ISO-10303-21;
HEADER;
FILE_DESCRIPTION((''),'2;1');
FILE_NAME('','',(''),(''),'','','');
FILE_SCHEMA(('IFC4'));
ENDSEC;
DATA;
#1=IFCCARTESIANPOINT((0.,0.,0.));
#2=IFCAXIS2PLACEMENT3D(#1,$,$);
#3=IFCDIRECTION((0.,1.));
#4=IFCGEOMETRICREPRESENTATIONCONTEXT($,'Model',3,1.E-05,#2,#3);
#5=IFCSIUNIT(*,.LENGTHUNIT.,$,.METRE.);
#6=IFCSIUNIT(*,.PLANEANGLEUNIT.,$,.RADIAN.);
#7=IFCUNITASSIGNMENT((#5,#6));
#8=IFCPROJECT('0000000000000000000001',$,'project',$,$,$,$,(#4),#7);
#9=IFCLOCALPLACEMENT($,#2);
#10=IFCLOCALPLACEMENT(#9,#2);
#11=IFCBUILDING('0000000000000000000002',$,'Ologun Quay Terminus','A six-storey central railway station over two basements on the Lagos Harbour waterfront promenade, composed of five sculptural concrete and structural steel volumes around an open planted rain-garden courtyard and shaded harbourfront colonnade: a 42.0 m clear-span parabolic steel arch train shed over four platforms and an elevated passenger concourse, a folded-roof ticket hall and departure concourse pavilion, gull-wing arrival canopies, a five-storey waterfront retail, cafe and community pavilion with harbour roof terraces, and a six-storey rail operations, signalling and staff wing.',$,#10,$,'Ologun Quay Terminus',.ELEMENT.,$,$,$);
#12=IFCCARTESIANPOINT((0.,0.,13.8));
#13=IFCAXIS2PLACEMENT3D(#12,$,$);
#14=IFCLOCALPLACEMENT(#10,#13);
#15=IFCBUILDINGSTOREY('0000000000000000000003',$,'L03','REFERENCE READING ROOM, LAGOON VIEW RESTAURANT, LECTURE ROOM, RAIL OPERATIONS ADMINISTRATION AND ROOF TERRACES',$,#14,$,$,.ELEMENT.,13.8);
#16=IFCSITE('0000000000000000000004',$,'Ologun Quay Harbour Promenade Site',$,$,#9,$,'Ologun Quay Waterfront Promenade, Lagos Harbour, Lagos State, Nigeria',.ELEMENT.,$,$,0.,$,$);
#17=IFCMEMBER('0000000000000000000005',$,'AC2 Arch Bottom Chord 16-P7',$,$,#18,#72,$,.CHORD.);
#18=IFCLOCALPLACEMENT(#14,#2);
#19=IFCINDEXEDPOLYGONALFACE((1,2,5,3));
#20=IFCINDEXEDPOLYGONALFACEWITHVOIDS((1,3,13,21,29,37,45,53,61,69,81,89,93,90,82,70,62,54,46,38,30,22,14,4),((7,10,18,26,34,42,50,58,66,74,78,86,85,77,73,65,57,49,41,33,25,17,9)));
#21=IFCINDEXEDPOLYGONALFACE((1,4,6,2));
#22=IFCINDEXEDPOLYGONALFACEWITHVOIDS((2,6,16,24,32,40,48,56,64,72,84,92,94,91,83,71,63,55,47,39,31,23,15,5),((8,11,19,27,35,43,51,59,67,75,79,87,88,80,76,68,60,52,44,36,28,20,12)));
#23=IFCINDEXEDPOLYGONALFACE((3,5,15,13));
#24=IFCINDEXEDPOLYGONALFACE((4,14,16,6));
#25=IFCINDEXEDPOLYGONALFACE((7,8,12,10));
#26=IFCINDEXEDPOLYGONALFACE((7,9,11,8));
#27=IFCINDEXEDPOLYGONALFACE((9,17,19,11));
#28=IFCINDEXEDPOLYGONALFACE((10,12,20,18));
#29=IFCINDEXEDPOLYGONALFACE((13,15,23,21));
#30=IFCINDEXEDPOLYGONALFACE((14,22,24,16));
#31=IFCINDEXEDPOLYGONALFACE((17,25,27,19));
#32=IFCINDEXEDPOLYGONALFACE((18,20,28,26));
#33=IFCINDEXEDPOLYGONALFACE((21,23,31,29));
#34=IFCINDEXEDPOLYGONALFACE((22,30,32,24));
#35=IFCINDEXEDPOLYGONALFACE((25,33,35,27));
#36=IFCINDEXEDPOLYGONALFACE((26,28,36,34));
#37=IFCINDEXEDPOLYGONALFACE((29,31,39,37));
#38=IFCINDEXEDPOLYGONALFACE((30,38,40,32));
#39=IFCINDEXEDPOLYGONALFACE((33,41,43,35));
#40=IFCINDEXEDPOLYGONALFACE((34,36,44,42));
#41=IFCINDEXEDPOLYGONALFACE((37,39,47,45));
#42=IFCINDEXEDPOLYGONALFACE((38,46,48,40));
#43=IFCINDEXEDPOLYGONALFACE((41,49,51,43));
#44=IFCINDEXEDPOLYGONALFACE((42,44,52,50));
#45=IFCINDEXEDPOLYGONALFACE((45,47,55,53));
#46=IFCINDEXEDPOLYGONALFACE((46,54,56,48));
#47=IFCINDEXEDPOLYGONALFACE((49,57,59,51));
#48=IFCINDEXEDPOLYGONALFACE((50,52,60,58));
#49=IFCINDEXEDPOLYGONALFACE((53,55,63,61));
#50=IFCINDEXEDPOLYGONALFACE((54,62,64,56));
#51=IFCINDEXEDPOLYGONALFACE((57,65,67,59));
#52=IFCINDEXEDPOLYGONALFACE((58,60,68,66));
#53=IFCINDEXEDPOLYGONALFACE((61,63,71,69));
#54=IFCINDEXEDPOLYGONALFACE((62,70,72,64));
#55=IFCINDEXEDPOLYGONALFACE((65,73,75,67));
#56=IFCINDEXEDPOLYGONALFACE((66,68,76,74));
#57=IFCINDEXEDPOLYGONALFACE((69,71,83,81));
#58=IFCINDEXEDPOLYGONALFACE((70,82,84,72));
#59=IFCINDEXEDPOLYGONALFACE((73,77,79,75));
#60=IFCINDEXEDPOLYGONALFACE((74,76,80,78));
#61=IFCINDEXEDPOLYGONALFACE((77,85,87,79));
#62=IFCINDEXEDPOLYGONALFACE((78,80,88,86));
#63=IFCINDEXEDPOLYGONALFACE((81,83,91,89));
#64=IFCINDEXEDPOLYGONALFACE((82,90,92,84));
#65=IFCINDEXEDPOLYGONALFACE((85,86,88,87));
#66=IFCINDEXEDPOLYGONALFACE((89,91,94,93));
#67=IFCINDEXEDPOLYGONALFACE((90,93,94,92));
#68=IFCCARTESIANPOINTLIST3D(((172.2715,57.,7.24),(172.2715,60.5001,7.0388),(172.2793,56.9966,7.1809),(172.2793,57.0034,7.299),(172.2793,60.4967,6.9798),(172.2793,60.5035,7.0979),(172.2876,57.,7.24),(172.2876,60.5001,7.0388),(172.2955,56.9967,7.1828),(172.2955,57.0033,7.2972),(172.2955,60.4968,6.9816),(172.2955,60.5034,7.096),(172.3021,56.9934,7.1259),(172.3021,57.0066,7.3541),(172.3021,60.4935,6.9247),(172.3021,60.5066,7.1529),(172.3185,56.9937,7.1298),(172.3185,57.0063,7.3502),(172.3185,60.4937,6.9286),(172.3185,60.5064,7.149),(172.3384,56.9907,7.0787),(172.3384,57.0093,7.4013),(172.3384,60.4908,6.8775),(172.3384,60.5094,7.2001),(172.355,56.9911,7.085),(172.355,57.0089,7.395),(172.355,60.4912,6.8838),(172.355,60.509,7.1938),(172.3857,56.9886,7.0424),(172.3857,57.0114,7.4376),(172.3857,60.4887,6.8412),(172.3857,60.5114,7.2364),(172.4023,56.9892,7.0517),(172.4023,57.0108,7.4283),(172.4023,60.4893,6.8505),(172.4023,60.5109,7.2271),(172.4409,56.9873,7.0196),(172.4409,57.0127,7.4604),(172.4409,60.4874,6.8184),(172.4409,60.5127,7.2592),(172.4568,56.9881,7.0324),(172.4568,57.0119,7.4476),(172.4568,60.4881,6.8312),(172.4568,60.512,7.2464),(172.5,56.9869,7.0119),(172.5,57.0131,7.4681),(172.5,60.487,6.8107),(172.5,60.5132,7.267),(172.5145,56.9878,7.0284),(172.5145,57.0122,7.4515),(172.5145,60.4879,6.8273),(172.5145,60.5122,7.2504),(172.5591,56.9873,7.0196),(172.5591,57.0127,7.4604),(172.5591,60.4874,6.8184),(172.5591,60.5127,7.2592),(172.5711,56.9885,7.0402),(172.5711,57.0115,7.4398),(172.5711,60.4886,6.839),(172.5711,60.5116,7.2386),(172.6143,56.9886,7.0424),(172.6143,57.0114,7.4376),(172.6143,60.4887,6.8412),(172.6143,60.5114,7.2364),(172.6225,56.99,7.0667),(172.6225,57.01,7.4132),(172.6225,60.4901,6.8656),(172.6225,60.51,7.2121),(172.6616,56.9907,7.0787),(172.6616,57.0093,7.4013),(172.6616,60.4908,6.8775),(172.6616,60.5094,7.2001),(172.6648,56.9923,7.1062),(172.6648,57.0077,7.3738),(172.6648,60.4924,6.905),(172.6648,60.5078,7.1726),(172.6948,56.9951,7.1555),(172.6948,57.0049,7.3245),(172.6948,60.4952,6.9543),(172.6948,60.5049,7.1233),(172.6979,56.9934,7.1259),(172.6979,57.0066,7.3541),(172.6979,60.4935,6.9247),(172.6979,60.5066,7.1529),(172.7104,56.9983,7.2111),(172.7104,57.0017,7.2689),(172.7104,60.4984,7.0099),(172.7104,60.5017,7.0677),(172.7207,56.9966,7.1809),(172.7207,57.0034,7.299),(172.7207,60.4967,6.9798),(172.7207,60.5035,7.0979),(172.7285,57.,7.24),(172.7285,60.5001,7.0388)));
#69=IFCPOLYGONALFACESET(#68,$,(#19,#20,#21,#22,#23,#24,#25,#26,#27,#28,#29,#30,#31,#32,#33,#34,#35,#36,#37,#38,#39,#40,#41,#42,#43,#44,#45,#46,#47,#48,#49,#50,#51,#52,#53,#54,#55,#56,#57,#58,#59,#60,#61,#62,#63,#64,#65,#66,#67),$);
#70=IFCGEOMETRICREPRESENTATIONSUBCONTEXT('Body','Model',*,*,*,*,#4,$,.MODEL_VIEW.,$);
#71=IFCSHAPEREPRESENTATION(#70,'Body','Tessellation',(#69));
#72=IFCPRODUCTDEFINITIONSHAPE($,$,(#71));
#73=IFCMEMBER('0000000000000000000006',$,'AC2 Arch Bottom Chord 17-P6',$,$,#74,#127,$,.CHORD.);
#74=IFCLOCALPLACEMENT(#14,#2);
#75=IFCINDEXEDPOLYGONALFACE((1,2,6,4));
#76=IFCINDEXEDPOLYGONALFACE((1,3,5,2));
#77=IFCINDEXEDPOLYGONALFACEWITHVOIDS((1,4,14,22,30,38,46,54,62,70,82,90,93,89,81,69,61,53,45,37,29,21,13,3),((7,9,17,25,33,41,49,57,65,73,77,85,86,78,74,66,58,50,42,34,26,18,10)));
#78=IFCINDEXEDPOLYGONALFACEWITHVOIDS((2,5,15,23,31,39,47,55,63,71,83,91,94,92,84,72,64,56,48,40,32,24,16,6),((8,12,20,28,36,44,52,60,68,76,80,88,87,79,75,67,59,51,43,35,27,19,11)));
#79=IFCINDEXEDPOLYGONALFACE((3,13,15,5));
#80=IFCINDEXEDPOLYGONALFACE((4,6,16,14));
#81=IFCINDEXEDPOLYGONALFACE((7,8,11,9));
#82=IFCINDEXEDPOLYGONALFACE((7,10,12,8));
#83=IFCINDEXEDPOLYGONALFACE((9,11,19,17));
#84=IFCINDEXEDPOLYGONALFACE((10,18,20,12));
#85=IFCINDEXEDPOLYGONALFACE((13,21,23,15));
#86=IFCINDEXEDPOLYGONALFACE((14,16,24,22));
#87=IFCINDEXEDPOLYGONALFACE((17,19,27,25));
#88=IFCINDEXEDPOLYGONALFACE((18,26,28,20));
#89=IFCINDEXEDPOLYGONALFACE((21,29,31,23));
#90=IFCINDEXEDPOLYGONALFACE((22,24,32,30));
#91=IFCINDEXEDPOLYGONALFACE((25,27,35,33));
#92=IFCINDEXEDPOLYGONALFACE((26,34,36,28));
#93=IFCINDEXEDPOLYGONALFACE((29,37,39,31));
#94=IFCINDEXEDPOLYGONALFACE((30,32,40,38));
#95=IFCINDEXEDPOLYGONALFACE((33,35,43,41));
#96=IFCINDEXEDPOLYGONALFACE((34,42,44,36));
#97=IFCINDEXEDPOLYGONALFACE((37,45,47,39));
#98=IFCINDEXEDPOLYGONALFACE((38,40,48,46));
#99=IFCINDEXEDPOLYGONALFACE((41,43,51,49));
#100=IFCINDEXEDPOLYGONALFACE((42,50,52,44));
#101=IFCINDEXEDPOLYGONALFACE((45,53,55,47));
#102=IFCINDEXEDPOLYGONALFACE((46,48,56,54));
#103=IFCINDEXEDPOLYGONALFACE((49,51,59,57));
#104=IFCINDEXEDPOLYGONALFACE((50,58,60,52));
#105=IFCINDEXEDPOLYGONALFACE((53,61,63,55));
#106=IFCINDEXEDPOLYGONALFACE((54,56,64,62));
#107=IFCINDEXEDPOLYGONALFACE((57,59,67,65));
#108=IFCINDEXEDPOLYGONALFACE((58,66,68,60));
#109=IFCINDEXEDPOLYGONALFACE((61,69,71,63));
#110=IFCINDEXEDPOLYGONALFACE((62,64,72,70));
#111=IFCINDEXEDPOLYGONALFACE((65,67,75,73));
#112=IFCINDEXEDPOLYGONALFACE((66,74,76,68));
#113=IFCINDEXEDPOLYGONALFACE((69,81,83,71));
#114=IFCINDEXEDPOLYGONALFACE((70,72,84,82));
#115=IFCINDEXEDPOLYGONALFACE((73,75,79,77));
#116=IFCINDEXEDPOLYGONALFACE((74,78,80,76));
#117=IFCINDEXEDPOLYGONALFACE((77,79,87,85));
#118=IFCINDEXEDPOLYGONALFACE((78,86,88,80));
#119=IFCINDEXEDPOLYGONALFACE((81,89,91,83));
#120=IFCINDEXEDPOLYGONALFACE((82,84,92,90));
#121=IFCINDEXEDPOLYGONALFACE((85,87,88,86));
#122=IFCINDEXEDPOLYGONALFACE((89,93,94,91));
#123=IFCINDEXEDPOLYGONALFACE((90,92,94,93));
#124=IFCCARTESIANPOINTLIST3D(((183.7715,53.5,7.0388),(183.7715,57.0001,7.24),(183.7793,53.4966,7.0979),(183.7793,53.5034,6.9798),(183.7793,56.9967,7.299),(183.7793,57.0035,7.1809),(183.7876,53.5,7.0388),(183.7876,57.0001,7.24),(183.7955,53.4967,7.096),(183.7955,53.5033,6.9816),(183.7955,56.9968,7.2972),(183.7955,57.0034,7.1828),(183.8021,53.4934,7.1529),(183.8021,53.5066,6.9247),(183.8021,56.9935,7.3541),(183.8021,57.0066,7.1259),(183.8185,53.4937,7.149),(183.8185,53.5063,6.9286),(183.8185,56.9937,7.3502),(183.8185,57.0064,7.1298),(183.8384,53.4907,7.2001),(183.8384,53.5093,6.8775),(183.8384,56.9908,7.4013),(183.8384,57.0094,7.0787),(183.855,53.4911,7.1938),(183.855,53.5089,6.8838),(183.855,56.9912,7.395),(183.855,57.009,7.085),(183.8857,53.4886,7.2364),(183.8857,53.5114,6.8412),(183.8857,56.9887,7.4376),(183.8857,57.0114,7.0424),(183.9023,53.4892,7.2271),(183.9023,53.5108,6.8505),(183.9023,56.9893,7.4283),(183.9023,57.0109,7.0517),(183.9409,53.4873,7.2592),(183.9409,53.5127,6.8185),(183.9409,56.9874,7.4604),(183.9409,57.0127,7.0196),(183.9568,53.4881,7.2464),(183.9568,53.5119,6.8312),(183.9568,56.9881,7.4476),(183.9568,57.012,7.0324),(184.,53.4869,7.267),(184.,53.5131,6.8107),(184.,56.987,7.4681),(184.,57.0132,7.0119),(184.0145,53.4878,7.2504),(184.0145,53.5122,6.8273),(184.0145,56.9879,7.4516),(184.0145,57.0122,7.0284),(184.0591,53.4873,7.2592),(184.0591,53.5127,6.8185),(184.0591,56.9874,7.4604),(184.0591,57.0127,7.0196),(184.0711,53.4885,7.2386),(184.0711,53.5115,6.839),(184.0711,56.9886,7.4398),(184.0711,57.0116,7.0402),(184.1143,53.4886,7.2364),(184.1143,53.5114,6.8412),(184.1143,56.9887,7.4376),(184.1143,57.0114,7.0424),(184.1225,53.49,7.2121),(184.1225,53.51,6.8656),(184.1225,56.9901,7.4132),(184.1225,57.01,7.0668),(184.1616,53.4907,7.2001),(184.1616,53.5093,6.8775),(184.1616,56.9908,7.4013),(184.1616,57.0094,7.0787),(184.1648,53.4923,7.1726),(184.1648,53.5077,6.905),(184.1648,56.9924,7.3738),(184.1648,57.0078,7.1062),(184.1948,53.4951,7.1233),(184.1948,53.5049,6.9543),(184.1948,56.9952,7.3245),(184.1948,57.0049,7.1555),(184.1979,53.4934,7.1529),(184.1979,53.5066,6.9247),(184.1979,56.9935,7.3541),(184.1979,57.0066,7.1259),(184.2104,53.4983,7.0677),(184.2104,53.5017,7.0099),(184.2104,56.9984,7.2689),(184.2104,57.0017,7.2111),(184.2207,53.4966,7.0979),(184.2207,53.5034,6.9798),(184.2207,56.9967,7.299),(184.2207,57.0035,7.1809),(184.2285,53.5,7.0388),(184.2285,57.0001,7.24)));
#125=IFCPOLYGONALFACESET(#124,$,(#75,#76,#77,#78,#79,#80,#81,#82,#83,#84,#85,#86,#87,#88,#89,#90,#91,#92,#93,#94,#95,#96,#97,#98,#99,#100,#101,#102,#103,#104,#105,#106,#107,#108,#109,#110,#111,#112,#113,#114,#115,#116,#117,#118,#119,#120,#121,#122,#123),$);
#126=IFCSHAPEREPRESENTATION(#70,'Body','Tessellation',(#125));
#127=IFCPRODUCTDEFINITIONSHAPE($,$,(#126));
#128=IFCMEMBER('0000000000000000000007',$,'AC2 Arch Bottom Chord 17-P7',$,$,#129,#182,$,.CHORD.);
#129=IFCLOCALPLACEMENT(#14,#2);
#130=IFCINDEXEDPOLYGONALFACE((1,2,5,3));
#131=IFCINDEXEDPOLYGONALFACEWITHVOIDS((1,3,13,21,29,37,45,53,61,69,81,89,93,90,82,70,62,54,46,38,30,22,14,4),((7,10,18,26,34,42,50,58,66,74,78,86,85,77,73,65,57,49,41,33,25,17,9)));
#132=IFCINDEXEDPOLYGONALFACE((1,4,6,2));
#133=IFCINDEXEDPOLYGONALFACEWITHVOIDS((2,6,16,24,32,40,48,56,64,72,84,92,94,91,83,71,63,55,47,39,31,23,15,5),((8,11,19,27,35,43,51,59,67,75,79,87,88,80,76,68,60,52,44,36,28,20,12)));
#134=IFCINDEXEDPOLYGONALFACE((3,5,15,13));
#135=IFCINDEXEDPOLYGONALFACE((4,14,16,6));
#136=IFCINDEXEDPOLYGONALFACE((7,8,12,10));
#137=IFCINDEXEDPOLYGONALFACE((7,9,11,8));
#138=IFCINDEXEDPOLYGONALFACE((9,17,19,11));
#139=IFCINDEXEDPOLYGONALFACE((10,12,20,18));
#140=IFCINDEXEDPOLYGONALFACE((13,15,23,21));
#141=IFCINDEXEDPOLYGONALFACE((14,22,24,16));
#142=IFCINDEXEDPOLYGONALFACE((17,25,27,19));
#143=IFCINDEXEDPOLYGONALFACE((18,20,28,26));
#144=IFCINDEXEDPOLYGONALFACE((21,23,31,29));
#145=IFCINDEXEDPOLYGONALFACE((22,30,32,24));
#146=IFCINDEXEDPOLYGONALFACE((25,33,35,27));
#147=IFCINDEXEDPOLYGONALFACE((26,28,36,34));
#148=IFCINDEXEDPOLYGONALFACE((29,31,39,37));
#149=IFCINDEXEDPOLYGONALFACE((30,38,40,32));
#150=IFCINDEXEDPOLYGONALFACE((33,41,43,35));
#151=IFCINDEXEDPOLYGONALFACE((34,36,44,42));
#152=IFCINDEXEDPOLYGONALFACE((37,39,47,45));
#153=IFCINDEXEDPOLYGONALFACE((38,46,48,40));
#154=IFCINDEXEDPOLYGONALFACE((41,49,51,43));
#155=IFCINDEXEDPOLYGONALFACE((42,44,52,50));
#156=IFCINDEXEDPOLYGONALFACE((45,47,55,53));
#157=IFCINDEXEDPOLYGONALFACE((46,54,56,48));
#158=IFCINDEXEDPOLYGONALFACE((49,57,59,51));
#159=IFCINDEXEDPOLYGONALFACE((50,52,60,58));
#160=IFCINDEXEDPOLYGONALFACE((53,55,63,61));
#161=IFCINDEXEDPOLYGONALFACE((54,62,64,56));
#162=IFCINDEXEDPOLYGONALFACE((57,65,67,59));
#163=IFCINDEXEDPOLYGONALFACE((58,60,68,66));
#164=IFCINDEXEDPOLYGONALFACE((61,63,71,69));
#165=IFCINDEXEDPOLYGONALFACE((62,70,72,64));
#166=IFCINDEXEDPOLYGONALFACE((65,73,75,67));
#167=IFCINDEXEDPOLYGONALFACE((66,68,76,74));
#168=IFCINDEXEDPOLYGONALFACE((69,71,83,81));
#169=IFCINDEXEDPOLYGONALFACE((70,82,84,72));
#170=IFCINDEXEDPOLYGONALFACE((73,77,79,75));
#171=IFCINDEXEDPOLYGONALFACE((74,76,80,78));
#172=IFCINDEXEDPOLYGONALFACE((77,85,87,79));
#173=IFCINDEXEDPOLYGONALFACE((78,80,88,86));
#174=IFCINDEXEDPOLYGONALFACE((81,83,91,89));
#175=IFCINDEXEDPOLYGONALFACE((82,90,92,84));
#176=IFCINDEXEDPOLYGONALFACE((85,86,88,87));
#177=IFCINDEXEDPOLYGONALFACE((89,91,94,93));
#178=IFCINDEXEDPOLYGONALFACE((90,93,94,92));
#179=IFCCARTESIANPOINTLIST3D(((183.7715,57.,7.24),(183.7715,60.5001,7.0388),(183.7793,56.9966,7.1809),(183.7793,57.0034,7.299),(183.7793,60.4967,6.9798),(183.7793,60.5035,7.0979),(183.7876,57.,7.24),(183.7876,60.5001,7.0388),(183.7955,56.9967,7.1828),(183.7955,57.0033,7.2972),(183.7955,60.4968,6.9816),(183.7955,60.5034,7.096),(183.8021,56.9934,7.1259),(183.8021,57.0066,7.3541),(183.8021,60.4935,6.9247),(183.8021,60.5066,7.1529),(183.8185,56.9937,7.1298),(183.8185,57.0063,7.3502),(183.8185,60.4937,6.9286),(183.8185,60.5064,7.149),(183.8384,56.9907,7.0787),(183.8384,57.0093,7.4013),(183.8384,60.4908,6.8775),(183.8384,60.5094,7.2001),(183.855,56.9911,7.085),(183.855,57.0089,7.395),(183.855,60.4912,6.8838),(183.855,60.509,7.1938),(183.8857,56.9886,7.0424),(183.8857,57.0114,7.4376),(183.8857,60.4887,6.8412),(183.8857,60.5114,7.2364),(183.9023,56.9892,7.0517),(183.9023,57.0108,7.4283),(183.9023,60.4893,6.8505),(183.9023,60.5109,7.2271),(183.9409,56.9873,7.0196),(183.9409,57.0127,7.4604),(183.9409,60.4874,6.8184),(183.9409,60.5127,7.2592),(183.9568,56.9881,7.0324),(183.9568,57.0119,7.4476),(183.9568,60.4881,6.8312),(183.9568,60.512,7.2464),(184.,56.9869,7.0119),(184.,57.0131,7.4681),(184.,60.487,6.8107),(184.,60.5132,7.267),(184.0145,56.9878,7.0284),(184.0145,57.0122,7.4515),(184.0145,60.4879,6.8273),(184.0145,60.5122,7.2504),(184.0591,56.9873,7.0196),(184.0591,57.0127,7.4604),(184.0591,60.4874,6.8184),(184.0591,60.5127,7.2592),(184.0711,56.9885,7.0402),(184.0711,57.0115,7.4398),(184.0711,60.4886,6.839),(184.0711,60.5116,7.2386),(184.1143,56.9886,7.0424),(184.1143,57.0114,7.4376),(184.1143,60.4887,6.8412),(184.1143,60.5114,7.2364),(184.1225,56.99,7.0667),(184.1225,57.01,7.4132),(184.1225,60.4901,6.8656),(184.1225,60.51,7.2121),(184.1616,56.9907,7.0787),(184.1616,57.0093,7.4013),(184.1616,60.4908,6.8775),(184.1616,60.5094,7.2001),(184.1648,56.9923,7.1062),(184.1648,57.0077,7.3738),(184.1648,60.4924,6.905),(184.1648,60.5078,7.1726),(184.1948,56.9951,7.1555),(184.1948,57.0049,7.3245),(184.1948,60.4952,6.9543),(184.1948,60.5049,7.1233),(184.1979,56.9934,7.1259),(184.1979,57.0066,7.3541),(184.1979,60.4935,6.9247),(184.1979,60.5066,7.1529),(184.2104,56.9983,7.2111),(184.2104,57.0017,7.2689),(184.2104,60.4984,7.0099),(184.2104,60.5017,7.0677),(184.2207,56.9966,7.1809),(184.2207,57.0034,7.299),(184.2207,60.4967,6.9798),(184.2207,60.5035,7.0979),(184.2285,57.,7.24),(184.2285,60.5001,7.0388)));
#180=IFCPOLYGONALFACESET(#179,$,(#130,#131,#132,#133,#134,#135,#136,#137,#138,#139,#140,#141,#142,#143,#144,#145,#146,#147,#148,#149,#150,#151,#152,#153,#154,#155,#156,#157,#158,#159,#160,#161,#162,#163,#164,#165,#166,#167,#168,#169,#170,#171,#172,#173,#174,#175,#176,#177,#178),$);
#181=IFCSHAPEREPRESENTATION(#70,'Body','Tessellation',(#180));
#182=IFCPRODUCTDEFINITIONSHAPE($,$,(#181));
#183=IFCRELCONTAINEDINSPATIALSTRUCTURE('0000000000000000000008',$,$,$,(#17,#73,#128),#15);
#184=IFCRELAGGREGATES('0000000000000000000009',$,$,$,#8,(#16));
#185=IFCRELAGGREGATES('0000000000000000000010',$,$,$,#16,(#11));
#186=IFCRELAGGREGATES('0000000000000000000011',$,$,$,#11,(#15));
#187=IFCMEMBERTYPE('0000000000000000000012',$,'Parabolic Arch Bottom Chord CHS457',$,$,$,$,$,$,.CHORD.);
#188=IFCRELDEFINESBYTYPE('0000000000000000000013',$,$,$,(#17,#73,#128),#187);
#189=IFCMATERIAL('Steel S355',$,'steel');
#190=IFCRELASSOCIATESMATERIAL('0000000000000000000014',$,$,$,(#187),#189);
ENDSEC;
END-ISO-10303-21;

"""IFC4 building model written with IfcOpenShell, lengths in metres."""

from ifc_helpers import new_model, si_unit, direction, frame, origin, origin_2d, place, context, subcontext, project, spatial, hollow_circle, extrude, material, material_profile, profile_set, type_object, element, save


model = new_model("IFC4")

# Units and contexts
model_context = context("Model", 3, precision=1e-05, world=origin(), true_north=direction((0.0, 1.0)))
body_context = subcontext(model_context, "Body", "Model", "MODEL_VIEW")
ifc_project = project(units=[si_unit("LENGTHUNIT", "METRE"), si_unit("PLANEANGLEUNIT", "RADIAN")], contexts=[model_context])

# Site, building, storey
site_placement = place(None, origin())
site = spatial("IfcSite", under=ifc_project, at=site_placement, Name="Ologun Quay Harbour Promenade Site", LongName="Ologun Quay Waterfront Promenade, Lagos Harbour, Lagos State, Nigeria", CompositionType="ELEMENT", RefElevation=0.0)
building_placement = place(site_placement, origin())
building = spatial("IfcBuilding", under=site, at=building_placement, Name="Ologun Quay Terminus", Description="A six-storey central railway station over two basements on the Lagos Harbour waterfront promenade, composed of five sculptural concrete and structural steel volumes around an open planted rain-garden courtyard and shaded harbourfront colonnade: a 42.0 m clear-span parabolic steel arch train shed over four platforms and an elevated passenger concourse, a folded-roof ticket hall and departure concourse pavilion, gull-wing arrival canopies, a five-storey waterfront retail, cafe and community pavilion with harbour roof terraces, and a six-storey rail operations, signalling and staff wing.", LongName="Ologun Quay Terminus", CompositionType="ELEMENT")
storey_placement = place(building_placement, frame((0.0, 0.0, 13.8)))
storey = spatial("IfcBuildingStorey", under=building, at=storey_placement, Name="L03", Description="REFERENCE READING ROOM, LAGOON VIEW RESTAURANT, LECTURE ROOM, RAIL OPERATIONS ADMINISTRATION AND ROOF TERRACES", CompositionType="ELEMENT", Elevation=13.8)

# Members
ifc_material_1 = material(Name="Steel S355", Category="steel")
ifc_material_profile_1 = material_profile(ifc_material_1, hollow_circle(Radius=0.2285, WallThickness=0.0161, at=origin_2d()), Name="CHS 457x16")
ifc_profile_set_1 = profile_set([ifc_material_profile_1], Name="Steel S355")
member_type_1 = type_object("IfcMemberType", Name="Parabolic Arch Bottom Chord CHS457", PredefinedType="CHORD", material=ifc_profile_set_1)
for number, where, z_axis, x_axis, name in (
    (1, (172.5, 57.0, 7.24), (0.0, 0.998352, -0.057383), (-1.0, 0.0, 0.0), "AC2 Arch Bottom Chord 16-P7"),
    (2, (184.0, 53.5, 7.0388), (0.0, 0.998352, 0.057383), (-1.0, 0.0, 0.0), "AC2 Arch Bottom Chord 17-P6"),
    (3, (184.0, 57.0, 7.24), (0.0, 0.998352, -0.057383), (-1.0, 0.0, 0.0), "AC2 Arch Bottom Chord 17-P7"),
):
    element("IfcMember", number, at=place(storey_placement, frame(where, z_axis=z_axis, x_axis=x_axis)), inside=storey, type_object=member_type_1, Name=name, PredefinedType="CHORD", context=body_context, shape_type="SweptSolid", body=[
        extrude(hollow_circle(Radius=0.2285, WallThickness=0.0161, at=origin_2d()), origin(), (0.0, 0.0, 1.0), 3.5059),
    ])

save(model, "model.ifc")
